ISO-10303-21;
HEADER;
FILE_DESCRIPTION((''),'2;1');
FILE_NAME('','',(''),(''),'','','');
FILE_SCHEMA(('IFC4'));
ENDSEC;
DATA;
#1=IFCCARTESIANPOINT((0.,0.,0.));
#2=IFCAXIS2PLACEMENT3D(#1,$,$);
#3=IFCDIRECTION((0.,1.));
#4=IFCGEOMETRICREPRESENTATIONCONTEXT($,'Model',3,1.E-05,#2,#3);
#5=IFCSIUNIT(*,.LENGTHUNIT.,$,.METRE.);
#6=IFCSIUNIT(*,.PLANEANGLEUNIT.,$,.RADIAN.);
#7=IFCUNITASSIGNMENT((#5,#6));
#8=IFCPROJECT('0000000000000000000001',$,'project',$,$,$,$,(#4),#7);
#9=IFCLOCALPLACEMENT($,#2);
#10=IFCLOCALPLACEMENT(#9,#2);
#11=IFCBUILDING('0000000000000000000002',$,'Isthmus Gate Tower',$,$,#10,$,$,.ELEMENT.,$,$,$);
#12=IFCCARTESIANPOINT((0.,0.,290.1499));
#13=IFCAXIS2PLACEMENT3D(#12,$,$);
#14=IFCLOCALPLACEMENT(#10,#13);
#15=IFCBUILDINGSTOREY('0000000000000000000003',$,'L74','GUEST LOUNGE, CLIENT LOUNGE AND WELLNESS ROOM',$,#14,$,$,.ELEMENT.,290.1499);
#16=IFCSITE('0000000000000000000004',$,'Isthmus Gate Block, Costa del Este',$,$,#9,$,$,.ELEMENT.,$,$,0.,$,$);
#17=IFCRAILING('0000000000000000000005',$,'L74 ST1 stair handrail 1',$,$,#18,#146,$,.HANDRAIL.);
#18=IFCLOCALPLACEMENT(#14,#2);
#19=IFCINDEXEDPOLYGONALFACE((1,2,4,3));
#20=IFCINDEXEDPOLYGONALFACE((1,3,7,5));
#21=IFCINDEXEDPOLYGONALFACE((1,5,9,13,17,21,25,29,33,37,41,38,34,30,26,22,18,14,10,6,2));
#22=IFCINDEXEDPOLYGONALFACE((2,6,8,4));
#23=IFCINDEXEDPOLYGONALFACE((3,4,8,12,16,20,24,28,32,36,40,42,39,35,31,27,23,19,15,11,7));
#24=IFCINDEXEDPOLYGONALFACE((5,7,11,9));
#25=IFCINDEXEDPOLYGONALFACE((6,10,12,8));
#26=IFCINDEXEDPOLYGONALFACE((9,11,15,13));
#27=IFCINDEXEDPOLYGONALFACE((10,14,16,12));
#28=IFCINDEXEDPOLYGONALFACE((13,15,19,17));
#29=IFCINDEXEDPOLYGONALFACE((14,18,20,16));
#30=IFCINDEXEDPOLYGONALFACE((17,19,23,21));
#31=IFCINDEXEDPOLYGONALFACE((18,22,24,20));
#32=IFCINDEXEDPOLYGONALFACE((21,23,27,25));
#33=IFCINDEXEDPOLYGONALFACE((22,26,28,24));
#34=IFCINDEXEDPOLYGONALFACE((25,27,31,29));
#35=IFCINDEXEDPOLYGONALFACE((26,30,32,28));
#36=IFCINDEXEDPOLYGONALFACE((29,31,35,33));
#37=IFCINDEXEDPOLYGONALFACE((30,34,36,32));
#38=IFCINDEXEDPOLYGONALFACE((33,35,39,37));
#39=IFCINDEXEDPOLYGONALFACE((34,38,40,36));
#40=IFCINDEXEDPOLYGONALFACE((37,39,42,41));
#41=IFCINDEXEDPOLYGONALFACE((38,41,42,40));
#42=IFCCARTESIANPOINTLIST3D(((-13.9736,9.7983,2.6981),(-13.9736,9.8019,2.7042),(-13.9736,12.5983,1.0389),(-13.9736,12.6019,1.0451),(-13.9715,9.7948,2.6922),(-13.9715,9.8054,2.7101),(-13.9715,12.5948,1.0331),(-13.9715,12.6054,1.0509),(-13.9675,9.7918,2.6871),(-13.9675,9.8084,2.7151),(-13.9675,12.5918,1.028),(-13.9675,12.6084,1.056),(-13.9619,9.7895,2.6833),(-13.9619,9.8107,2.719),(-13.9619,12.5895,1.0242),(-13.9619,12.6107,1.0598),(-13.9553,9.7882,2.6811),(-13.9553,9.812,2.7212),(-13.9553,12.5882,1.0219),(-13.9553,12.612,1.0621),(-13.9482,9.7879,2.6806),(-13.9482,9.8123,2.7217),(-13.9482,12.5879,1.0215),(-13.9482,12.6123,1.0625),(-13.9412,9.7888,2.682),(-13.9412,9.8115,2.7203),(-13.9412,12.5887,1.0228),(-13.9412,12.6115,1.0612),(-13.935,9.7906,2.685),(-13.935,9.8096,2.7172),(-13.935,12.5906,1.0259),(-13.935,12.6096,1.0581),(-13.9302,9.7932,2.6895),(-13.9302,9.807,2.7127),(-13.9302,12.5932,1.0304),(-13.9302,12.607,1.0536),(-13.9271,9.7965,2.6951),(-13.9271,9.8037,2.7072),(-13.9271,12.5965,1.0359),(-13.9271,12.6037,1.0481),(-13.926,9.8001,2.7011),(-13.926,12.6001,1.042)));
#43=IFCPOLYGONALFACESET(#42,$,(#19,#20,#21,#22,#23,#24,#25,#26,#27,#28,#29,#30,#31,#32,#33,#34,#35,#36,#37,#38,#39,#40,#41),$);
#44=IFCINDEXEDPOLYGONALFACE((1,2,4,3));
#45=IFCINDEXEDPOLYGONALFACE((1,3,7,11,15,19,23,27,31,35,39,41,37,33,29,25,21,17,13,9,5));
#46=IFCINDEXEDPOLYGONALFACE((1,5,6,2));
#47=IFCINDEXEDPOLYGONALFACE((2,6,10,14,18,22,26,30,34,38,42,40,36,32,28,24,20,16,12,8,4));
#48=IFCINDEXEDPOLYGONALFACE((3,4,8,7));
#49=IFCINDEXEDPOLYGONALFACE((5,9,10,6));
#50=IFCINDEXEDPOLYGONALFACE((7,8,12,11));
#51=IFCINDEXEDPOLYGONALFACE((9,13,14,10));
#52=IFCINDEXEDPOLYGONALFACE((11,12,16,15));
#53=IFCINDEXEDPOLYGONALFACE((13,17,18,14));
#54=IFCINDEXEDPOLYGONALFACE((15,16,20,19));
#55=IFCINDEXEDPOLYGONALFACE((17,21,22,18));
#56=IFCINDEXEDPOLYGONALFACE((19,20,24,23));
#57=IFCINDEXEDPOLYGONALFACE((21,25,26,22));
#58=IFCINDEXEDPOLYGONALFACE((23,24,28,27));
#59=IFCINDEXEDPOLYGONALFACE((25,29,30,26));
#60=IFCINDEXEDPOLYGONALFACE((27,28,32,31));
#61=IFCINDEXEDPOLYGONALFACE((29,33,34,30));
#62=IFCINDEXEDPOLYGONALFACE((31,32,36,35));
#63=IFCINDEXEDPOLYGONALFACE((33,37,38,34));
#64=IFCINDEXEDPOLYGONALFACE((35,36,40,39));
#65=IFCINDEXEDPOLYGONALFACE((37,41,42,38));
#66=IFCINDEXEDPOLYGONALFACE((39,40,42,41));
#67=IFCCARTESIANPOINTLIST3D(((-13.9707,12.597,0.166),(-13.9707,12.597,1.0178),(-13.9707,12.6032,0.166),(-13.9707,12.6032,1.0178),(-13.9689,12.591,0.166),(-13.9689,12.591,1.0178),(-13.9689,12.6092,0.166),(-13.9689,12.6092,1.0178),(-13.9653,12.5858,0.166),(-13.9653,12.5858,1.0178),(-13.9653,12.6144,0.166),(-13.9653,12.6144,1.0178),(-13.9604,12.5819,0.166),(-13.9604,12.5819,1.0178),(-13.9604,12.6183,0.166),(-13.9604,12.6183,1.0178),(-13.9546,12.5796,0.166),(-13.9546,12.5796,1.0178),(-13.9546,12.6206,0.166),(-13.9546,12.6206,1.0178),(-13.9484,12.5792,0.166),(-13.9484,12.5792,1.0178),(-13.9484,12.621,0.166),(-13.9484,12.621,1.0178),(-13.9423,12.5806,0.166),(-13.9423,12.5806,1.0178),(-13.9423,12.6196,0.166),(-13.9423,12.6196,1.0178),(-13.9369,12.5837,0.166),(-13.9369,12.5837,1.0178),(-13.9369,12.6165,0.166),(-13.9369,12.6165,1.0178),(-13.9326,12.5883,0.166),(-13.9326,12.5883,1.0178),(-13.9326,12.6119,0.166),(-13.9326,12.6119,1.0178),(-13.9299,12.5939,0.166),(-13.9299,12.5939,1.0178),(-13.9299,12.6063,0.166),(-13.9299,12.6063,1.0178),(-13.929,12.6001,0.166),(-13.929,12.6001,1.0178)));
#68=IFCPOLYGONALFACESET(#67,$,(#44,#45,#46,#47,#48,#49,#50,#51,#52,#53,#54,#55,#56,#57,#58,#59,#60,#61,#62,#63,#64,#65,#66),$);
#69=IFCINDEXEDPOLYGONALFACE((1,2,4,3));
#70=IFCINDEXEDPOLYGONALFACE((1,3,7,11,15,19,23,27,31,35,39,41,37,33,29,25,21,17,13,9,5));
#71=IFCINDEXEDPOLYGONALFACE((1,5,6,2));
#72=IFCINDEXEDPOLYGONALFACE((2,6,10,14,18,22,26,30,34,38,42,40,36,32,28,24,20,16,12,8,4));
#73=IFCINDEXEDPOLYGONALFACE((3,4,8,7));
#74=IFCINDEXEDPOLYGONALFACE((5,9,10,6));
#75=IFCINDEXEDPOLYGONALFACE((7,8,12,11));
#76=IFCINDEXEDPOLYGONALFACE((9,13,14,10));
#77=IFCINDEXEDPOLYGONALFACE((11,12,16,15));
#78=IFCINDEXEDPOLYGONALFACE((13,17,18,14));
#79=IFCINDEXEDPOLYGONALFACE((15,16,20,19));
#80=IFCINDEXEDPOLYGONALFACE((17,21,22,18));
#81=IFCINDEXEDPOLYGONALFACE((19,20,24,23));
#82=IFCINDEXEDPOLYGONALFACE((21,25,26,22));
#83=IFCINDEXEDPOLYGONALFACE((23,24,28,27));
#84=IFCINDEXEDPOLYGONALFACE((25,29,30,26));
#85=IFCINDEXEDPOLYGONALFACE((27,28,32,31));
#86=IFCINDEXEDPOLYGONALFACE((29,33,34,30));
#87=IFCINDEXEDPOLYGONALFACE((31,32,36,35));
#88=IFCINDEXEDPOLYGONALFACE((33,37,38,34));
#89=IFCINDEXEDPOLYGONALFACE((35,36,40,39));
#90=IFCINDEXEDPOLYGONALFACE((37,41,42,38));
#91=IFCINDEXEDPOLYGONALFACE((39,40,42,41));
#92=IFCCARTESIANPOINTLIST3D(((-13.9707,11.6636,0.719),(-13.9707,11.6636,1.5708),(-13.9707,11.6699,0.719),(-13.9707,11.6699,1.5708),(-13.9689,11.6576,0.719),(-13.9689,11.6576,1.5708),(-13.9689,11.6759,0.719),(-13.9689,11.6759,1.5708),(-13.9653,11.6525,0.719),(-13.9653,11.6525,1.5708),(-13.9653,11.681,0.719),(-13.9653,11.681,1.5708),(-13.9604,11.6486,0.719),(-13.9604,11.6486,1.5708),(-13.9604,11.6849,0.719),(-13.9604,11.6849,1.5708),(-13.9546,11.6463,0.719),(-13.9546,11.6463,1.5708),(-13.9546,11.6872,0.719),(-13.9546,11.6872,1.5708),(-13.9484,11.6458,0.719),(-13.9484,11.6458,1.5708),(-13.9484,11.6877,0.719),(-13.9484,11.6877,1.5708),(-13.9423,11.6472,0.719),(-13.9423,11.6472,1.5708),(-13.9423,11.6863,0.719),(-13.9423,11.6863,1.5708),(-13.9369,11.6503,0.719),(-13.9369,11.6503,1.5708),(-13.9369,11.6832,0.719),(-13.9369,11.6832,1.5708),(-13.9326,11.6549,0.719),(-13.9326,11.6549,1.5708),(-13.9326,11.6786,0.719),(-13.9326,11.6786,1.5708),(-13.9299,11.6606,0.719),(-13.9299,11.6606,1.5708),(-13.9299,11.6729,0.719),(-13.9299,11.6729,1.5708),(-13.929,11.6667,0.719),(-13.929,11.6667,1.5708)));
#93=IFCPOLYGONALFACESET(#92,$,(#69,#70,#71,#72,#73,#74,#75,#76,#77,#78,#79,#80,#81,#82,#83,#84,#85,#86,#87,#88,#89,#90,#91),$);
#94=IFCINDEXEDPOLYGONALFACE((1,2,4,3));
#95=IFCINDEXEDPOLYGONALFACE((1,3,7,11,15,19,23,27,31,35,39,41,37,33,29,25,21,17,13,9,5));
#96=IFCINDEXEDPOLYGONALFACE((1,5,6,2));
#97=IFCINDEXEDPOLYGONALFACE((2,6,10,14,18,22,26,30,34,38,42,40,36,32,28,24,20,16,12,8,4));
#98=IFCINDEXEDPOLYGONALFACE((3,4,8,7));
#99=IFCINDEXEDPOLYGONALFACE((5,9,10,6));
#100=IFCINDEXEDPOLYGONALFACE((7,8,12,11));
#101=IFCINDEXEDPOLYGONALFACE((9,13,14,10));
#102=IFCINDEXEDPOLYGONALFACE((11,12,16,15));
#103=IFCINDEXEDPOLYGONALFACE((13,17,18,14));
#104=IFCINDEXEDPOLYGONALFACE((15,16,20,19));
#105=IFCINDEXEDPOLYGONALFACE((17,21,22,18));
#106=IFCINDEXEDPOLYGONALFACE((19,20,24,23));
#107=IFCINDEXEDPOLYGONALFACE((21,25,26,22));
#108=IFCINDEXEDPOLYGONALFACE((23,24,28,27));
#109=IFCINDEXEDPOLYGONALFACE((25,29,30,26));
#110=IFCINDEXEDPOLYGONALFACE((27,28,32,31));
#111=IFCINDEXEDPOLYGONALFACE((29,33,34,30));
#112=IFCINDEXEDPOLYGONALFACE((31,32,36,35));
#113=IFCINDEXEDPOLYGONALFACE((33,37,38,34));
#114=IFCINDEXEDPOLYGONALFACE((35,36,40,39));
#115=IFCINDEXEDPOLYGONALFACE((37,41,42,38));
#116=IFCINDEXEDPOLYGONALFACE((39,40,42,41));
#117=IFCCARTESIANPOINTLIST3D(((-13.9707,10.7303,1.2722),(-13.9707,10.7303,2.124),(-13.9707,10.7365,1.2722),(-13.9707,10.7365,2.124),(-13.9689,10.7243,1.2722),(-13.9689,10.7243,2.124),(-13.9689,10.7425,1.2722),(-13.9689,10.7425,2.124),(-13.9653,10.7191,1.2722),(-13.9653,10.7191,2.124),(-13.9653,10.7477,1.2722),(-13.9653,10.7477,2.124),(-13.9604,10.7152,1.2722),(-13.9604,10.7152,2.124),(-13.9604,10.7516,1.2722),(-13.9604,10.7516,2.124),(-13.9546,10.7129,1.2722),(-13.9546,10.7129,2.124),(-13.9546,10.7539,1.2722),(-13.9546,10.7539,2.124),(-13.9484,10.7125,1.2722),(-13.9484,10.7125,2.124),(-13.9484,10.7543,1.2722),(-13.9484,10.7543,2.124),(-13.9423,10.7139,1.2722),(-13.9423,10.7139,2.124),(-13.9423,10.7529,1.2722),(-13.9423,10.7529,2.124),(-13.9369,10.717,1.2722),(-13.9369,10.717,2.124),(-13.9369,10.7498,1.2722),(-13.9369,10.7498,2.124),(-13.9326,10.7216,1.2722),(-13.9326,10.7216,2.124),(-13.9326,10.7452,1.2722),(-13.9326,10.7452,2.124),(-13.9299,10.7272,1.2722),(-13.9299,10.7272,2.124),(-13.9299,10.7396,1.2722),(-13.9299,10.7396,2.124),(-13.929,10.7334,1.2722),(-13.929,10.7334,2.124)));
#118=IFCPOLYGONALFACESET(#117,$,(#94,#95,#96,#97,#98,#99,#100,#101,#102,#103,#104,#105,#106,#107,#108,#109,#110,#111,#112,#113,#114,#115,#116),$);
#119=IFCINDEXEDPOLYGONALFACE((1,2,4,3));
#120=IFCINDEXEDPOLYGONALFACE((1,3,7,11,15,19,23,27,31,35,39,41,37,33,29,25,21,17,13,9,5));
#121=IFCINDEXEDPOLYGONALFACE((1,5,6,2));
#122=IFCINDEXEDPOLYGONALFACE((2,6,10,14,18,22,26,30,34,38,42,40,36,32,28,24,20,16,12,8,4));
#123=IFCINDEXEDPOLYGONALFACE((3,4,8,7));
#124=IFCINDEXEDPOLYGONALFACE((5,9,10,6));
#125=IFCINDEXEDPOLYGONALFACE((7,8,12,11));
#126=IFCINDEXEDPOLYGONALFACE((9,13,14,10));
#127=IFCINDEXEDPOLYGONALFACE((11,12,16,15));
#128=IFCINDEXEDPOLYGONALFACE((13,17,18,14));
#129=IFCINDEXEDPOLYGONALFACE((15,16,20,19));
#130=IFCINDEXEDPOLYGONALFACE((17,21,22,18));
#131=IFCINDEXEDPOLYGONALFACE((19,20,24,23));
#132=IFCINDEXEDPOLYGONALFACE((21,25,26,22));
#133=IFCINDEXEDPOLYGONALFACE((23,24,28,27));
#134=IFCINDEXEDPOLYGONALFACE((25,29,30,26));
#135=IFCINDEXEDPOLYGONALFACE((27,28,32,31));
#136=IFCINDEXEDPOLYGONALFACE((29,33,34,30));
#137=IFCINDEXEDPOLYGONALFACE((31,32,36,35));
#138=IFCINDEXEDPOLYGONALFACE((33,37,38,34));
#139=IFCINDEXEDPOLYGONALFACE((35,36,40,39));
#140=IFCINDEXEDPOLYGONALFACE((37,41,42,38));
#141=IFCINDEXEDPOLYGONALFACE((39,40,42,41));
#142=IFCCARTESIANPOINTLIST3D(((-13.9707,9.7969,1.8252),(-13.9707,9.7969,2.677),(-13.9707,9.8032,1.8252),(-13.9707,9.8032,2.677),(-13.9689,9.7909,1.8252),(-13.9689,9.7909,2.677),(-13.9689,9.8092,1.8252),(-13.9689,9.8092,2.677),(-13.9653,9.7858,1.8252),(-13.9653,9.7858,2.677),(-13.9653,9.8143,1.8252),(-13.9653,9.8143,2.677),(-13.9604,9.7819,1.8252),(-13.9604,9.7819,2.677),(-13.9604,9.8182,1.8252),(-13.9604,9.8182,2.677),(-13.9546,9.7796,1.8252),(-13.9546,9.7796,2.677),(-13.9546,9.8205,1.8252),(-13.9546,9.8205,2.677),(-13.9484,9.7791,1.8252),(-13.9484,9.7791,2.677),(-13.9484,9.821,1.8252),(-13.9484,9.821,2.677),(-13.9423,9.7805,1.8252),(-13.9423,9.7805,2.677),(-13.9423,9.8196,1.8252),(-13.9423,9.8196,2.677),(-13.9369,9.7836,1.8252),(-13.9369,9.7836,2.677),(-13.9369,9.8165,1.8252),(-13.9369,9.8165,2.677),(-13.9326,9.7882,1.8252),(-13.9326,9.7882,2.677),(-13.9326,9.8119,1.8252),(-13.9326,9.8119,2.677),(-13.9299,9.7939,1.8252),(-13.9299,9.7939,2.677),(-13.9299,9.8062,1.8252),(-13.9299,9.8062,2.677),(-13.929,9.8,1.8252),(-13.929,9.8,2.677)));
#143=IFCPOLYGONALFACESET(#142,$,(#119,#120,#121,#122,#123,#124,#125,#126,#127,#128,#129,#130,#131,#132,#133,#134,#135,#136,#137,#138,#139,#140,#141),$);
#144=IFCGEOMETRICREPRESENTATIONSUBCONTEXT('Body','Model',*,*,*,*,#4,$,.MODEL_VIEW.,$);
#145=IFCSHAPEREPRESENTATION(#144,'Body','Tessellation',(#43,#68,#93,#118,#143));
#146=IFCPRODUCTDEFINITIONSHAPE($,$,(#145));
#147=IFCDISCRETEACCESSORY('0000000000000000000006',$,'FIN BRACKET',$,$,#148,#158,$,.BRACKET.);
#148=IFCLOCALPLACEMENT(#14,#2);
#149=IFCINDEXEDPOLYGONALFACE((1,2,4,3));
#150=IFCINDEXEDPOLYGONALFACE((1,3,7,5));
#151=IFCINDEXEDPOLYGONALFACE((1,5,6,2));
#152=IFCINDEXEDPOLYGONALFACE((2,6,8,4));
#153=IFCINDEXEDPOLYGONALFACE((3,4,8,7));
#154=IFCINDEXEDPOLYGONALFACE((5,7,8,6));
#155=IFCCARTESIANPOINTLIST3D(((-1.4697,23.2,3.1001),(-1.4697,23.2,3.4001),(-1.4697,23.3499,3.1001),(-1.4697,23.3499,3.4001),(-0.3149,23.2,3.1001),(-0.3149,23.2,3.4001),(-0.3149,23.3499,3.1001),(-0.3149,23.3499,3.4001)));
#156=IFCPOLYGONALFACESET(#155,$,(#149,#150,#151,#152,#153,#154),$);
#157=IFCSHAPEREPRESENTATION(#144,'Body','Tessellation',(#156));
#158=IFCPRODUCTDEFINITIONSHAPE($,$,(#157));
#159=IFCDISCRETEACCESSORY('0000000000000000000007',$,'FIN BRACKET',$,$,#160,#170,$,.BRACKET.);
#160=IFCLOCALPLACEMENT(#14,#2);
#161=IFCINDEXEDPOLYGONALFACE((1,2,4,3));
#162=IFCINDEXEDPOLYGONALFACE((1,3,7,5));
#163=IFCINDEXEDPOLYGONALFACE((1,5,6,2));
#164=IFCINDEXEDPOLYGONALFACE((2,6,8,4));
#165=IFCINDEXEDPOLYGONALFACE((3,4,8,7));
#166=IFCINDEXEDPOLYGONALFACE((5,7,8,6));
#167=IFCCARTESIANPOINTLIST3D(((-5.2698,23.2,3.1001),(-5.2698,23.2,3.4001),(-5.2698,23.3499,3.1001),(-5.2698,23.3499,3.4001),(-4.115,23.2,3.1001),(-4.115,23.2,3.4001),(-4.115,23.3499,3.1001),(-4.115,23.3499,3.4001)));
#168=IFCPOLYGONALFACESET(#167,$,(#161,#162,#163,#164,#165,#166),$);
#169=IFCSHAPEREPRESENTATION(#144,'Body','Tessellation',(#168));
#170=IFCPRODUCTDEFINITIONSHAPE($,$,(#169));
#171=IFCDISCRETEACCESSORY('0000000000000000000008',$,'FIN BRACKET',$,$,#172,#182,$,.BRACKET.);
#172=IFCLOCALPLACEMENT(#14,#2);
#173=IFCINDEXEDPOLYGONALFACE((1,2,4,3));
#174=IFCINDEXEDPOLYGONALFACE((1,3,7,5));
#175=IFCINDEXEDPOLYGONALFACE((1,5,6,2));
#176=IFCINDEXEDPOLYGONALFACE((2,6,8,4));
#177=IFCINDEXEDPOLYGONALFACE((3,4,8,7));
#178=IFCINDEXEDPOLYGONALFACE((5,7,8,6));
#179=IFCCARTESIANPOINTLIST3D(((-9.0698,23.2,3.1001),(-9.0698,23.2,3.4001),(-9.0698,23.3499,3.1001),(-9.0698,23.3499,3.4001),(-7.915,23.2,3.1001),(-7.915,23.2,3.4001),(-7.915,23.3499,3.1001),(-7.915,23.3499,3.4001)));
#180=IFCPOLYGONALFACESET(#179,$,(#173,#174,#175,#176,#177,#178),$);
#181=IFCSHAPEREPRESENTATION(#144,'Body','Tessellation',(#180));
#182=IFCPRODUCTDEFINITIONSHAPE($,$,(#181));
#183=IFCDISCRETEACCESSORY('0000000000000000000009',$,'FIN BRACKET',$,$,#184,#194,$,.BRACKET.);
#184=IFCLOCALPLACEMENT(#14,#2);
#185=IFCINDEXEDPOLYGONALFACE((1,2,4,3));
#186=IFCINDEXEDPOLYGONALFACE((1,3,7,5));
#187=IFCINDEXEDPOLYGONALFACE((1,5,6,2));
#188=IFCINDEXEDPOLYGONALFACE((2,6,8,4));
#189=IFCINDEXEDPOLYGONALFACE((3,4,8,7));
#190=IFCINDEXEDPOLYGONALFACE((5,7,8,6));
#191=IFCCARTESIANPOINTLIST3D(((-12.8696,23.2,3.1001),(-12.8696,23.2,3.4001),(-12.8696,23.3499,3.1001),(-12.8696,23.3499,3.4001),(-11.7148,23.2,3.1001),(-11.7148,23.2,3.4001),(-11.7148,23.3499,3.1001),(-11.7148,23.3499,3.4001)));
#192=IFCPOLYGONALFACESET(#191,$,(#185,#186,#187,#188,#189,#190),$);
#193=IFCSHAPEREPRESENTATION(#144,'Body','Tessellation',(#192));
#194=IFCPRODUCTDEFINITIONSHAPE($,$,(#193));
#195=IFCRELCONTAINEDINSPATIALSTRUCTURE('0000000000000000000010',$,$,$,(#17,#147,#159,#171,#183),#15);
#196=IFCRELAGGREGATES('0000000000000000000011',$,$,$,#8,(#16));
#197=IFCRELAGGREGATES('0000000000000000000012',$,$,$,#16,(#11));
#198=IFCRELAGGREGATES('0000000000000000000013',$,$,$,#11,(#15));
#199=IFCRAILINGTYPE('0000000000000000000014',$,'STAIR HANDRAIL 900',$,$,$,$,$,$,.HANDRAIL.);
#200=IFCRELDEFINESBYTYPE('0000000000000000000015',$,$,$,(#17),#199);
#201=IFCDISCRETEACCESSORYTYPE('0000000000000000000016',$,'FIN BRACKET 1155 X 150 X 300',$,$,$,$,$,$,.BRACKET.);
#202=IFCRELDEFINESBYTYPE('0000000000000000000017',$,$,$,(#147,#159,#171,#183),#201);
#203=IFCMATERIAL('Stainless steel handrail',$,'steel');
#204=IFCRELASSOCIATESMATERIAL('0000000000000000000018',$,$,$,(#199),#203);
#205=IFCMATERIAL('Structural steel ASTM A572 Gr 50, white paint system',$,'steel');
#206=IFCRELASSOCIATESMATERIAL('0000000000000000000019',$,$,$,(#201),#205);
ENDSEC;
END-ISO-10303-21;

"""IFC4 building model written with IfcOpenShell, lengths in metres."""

from ifc_helpers import new_model, si_unit, direction, frame, origin, origin_2d, place, context, subcontext, project, spatial, rectangle, circle, extrude, material, type_object, element, save


model = new_model("IFC4")

# Units and contexts
model_context = context("Model", 3, precision=1e-05, world=origin(), true_north=direction((0.0, 1.0)))
body_context = subcontext(model_context, "Body", "Model", "MODEL_VIEW")
ifc_project = project(units=[si_unit("LENGTHUNIT", "METRE"), si_unit("PLANEANGLEUNIT", "RADIAN")], contexts=[model_context])

# Site, building, storey
site_placement = place(None, origin())
site = spatial("IfcSite", under=ifc_project, at=site_placement, Name="Isthmus Gate Block, Costa del Este", CompositionType="ELEMENT", RefElevation=0.0)
building_placement = place(site_placement, origin())
building = spatial("IfcBuilding", under=site, at=building_placement, Name="Isthmus Gate Tower", CompositionType="ELEMENT")
storey_placement = place(building_placement, frame((0.0, 0.0, 290.1499)))
storey = spatial("IfcBuildingStorey", under=building, at=storey_placement, Name="L74", Description="GUEST LOUNGE, CLIENT LOUNGE AND WELLNESS ROOM", CompositionType="ELEMENT", Elevation=290.1499)

# Railing
ifc_material_1 = material(Name="Stainless steel handrail", Category="steel")
railing_type_1 = type_object("IfcRailingType", Name="STAIR HANDRAIL 900", PredefinedType="HANDRAIL", material=ifc_material_1)
railing_1_placement = place(storey_placement, frame((-13.95, 12.6001, 0.166)))
element("IfcRailing", 1, at=railing_1_placement, inside=storey, type_object=railing_type_1, Name="L74 ST1 stair handrail 1", PredefinedType="HANDRAIL", context=body_context, shape_type="SweptSolid", body=[
    extrude(circle(Radius=0.0239, at=origin_2d()), frame((0.0, 0.0, 0.876), z_axis=(0.0, -0.860306, 0.509778), x_axis=(1.0, 0.0, 0.0)), (0.0, 0.0, 1.0), 3.2546),
    extrude(circle(Radius=0.021, at=origin_2d()), origin(), (0.0, 0.0, 1.0), 0.8518),
    extrude(circle(Radius=0.021, at=origin_2d()), frame((0.0, -0.9333, 0.553)), (0.0, 0.0, 1.0), 0.8518),
    extrude(circle(Radius=0.021, at=origin_2d()), frame((0.0, -1.8667, 1.1062)), (0.0, 0.0, 1.0), 0.8518),
    extrude(circle(Radius=0.021, at=origin_2d()), frame((0.0, -2.8, 1.6592)), (0.0, 0.0, 1.0), 0.8518),
])

# Discrete accessories
ifc_material_2 = material(Name="Structural steel ASTM A572 Gr 50, white paint system", Category="steel")
discrete_accessory_type = type_object("IfcDiscreteAccessoryType", Name="FIN BRACKET 1155 X 150 X 300", PredefinedType="BRACKET", material=ifc_material_2)
for number, where, z_axis, x_axis, name in (
    (2, (-0.8923, 23.2749, 3.1001), (0.0, 0.0, 1.0), (0.0, 1.0, 0.0), "FIN BRACKET"),
    (3, (-4.6924, 23.2749, 3.1001), (0.0, 0.0, 1.0), (0.0, 1.0, 0.0), "FIN BRACKET"),
    (4, (-8.4924, 23.2749, 3.1001), (0.0, 0.0, 1.0), (0.0, 1.0, 0.0), "FIN BRACKET"),
    (5, (-12.2922, 23.2749, 3.1001), (0.0, 0.0, 1.0), (0.0, 1.0, 0.0), "FIN BRACKET"),
):
    element("IfcDiscreteAccessory", number, at=place(storey_placement, frame(where, z_axis=z_axis, x_axis=x_axis)), inside=storey, type_object=discrete_accessory_type, Name=name, PredefinedType="BRACKET", context=body_context, shape_type="SweptSolid", body=[
        extrude(rectangle(XDim=0.1499, YDim=1.1548, at=origin_2d()), origin(), (0.0, 0.0, 1.0), 0.3),
    ])

save(model, "model.ifc")
